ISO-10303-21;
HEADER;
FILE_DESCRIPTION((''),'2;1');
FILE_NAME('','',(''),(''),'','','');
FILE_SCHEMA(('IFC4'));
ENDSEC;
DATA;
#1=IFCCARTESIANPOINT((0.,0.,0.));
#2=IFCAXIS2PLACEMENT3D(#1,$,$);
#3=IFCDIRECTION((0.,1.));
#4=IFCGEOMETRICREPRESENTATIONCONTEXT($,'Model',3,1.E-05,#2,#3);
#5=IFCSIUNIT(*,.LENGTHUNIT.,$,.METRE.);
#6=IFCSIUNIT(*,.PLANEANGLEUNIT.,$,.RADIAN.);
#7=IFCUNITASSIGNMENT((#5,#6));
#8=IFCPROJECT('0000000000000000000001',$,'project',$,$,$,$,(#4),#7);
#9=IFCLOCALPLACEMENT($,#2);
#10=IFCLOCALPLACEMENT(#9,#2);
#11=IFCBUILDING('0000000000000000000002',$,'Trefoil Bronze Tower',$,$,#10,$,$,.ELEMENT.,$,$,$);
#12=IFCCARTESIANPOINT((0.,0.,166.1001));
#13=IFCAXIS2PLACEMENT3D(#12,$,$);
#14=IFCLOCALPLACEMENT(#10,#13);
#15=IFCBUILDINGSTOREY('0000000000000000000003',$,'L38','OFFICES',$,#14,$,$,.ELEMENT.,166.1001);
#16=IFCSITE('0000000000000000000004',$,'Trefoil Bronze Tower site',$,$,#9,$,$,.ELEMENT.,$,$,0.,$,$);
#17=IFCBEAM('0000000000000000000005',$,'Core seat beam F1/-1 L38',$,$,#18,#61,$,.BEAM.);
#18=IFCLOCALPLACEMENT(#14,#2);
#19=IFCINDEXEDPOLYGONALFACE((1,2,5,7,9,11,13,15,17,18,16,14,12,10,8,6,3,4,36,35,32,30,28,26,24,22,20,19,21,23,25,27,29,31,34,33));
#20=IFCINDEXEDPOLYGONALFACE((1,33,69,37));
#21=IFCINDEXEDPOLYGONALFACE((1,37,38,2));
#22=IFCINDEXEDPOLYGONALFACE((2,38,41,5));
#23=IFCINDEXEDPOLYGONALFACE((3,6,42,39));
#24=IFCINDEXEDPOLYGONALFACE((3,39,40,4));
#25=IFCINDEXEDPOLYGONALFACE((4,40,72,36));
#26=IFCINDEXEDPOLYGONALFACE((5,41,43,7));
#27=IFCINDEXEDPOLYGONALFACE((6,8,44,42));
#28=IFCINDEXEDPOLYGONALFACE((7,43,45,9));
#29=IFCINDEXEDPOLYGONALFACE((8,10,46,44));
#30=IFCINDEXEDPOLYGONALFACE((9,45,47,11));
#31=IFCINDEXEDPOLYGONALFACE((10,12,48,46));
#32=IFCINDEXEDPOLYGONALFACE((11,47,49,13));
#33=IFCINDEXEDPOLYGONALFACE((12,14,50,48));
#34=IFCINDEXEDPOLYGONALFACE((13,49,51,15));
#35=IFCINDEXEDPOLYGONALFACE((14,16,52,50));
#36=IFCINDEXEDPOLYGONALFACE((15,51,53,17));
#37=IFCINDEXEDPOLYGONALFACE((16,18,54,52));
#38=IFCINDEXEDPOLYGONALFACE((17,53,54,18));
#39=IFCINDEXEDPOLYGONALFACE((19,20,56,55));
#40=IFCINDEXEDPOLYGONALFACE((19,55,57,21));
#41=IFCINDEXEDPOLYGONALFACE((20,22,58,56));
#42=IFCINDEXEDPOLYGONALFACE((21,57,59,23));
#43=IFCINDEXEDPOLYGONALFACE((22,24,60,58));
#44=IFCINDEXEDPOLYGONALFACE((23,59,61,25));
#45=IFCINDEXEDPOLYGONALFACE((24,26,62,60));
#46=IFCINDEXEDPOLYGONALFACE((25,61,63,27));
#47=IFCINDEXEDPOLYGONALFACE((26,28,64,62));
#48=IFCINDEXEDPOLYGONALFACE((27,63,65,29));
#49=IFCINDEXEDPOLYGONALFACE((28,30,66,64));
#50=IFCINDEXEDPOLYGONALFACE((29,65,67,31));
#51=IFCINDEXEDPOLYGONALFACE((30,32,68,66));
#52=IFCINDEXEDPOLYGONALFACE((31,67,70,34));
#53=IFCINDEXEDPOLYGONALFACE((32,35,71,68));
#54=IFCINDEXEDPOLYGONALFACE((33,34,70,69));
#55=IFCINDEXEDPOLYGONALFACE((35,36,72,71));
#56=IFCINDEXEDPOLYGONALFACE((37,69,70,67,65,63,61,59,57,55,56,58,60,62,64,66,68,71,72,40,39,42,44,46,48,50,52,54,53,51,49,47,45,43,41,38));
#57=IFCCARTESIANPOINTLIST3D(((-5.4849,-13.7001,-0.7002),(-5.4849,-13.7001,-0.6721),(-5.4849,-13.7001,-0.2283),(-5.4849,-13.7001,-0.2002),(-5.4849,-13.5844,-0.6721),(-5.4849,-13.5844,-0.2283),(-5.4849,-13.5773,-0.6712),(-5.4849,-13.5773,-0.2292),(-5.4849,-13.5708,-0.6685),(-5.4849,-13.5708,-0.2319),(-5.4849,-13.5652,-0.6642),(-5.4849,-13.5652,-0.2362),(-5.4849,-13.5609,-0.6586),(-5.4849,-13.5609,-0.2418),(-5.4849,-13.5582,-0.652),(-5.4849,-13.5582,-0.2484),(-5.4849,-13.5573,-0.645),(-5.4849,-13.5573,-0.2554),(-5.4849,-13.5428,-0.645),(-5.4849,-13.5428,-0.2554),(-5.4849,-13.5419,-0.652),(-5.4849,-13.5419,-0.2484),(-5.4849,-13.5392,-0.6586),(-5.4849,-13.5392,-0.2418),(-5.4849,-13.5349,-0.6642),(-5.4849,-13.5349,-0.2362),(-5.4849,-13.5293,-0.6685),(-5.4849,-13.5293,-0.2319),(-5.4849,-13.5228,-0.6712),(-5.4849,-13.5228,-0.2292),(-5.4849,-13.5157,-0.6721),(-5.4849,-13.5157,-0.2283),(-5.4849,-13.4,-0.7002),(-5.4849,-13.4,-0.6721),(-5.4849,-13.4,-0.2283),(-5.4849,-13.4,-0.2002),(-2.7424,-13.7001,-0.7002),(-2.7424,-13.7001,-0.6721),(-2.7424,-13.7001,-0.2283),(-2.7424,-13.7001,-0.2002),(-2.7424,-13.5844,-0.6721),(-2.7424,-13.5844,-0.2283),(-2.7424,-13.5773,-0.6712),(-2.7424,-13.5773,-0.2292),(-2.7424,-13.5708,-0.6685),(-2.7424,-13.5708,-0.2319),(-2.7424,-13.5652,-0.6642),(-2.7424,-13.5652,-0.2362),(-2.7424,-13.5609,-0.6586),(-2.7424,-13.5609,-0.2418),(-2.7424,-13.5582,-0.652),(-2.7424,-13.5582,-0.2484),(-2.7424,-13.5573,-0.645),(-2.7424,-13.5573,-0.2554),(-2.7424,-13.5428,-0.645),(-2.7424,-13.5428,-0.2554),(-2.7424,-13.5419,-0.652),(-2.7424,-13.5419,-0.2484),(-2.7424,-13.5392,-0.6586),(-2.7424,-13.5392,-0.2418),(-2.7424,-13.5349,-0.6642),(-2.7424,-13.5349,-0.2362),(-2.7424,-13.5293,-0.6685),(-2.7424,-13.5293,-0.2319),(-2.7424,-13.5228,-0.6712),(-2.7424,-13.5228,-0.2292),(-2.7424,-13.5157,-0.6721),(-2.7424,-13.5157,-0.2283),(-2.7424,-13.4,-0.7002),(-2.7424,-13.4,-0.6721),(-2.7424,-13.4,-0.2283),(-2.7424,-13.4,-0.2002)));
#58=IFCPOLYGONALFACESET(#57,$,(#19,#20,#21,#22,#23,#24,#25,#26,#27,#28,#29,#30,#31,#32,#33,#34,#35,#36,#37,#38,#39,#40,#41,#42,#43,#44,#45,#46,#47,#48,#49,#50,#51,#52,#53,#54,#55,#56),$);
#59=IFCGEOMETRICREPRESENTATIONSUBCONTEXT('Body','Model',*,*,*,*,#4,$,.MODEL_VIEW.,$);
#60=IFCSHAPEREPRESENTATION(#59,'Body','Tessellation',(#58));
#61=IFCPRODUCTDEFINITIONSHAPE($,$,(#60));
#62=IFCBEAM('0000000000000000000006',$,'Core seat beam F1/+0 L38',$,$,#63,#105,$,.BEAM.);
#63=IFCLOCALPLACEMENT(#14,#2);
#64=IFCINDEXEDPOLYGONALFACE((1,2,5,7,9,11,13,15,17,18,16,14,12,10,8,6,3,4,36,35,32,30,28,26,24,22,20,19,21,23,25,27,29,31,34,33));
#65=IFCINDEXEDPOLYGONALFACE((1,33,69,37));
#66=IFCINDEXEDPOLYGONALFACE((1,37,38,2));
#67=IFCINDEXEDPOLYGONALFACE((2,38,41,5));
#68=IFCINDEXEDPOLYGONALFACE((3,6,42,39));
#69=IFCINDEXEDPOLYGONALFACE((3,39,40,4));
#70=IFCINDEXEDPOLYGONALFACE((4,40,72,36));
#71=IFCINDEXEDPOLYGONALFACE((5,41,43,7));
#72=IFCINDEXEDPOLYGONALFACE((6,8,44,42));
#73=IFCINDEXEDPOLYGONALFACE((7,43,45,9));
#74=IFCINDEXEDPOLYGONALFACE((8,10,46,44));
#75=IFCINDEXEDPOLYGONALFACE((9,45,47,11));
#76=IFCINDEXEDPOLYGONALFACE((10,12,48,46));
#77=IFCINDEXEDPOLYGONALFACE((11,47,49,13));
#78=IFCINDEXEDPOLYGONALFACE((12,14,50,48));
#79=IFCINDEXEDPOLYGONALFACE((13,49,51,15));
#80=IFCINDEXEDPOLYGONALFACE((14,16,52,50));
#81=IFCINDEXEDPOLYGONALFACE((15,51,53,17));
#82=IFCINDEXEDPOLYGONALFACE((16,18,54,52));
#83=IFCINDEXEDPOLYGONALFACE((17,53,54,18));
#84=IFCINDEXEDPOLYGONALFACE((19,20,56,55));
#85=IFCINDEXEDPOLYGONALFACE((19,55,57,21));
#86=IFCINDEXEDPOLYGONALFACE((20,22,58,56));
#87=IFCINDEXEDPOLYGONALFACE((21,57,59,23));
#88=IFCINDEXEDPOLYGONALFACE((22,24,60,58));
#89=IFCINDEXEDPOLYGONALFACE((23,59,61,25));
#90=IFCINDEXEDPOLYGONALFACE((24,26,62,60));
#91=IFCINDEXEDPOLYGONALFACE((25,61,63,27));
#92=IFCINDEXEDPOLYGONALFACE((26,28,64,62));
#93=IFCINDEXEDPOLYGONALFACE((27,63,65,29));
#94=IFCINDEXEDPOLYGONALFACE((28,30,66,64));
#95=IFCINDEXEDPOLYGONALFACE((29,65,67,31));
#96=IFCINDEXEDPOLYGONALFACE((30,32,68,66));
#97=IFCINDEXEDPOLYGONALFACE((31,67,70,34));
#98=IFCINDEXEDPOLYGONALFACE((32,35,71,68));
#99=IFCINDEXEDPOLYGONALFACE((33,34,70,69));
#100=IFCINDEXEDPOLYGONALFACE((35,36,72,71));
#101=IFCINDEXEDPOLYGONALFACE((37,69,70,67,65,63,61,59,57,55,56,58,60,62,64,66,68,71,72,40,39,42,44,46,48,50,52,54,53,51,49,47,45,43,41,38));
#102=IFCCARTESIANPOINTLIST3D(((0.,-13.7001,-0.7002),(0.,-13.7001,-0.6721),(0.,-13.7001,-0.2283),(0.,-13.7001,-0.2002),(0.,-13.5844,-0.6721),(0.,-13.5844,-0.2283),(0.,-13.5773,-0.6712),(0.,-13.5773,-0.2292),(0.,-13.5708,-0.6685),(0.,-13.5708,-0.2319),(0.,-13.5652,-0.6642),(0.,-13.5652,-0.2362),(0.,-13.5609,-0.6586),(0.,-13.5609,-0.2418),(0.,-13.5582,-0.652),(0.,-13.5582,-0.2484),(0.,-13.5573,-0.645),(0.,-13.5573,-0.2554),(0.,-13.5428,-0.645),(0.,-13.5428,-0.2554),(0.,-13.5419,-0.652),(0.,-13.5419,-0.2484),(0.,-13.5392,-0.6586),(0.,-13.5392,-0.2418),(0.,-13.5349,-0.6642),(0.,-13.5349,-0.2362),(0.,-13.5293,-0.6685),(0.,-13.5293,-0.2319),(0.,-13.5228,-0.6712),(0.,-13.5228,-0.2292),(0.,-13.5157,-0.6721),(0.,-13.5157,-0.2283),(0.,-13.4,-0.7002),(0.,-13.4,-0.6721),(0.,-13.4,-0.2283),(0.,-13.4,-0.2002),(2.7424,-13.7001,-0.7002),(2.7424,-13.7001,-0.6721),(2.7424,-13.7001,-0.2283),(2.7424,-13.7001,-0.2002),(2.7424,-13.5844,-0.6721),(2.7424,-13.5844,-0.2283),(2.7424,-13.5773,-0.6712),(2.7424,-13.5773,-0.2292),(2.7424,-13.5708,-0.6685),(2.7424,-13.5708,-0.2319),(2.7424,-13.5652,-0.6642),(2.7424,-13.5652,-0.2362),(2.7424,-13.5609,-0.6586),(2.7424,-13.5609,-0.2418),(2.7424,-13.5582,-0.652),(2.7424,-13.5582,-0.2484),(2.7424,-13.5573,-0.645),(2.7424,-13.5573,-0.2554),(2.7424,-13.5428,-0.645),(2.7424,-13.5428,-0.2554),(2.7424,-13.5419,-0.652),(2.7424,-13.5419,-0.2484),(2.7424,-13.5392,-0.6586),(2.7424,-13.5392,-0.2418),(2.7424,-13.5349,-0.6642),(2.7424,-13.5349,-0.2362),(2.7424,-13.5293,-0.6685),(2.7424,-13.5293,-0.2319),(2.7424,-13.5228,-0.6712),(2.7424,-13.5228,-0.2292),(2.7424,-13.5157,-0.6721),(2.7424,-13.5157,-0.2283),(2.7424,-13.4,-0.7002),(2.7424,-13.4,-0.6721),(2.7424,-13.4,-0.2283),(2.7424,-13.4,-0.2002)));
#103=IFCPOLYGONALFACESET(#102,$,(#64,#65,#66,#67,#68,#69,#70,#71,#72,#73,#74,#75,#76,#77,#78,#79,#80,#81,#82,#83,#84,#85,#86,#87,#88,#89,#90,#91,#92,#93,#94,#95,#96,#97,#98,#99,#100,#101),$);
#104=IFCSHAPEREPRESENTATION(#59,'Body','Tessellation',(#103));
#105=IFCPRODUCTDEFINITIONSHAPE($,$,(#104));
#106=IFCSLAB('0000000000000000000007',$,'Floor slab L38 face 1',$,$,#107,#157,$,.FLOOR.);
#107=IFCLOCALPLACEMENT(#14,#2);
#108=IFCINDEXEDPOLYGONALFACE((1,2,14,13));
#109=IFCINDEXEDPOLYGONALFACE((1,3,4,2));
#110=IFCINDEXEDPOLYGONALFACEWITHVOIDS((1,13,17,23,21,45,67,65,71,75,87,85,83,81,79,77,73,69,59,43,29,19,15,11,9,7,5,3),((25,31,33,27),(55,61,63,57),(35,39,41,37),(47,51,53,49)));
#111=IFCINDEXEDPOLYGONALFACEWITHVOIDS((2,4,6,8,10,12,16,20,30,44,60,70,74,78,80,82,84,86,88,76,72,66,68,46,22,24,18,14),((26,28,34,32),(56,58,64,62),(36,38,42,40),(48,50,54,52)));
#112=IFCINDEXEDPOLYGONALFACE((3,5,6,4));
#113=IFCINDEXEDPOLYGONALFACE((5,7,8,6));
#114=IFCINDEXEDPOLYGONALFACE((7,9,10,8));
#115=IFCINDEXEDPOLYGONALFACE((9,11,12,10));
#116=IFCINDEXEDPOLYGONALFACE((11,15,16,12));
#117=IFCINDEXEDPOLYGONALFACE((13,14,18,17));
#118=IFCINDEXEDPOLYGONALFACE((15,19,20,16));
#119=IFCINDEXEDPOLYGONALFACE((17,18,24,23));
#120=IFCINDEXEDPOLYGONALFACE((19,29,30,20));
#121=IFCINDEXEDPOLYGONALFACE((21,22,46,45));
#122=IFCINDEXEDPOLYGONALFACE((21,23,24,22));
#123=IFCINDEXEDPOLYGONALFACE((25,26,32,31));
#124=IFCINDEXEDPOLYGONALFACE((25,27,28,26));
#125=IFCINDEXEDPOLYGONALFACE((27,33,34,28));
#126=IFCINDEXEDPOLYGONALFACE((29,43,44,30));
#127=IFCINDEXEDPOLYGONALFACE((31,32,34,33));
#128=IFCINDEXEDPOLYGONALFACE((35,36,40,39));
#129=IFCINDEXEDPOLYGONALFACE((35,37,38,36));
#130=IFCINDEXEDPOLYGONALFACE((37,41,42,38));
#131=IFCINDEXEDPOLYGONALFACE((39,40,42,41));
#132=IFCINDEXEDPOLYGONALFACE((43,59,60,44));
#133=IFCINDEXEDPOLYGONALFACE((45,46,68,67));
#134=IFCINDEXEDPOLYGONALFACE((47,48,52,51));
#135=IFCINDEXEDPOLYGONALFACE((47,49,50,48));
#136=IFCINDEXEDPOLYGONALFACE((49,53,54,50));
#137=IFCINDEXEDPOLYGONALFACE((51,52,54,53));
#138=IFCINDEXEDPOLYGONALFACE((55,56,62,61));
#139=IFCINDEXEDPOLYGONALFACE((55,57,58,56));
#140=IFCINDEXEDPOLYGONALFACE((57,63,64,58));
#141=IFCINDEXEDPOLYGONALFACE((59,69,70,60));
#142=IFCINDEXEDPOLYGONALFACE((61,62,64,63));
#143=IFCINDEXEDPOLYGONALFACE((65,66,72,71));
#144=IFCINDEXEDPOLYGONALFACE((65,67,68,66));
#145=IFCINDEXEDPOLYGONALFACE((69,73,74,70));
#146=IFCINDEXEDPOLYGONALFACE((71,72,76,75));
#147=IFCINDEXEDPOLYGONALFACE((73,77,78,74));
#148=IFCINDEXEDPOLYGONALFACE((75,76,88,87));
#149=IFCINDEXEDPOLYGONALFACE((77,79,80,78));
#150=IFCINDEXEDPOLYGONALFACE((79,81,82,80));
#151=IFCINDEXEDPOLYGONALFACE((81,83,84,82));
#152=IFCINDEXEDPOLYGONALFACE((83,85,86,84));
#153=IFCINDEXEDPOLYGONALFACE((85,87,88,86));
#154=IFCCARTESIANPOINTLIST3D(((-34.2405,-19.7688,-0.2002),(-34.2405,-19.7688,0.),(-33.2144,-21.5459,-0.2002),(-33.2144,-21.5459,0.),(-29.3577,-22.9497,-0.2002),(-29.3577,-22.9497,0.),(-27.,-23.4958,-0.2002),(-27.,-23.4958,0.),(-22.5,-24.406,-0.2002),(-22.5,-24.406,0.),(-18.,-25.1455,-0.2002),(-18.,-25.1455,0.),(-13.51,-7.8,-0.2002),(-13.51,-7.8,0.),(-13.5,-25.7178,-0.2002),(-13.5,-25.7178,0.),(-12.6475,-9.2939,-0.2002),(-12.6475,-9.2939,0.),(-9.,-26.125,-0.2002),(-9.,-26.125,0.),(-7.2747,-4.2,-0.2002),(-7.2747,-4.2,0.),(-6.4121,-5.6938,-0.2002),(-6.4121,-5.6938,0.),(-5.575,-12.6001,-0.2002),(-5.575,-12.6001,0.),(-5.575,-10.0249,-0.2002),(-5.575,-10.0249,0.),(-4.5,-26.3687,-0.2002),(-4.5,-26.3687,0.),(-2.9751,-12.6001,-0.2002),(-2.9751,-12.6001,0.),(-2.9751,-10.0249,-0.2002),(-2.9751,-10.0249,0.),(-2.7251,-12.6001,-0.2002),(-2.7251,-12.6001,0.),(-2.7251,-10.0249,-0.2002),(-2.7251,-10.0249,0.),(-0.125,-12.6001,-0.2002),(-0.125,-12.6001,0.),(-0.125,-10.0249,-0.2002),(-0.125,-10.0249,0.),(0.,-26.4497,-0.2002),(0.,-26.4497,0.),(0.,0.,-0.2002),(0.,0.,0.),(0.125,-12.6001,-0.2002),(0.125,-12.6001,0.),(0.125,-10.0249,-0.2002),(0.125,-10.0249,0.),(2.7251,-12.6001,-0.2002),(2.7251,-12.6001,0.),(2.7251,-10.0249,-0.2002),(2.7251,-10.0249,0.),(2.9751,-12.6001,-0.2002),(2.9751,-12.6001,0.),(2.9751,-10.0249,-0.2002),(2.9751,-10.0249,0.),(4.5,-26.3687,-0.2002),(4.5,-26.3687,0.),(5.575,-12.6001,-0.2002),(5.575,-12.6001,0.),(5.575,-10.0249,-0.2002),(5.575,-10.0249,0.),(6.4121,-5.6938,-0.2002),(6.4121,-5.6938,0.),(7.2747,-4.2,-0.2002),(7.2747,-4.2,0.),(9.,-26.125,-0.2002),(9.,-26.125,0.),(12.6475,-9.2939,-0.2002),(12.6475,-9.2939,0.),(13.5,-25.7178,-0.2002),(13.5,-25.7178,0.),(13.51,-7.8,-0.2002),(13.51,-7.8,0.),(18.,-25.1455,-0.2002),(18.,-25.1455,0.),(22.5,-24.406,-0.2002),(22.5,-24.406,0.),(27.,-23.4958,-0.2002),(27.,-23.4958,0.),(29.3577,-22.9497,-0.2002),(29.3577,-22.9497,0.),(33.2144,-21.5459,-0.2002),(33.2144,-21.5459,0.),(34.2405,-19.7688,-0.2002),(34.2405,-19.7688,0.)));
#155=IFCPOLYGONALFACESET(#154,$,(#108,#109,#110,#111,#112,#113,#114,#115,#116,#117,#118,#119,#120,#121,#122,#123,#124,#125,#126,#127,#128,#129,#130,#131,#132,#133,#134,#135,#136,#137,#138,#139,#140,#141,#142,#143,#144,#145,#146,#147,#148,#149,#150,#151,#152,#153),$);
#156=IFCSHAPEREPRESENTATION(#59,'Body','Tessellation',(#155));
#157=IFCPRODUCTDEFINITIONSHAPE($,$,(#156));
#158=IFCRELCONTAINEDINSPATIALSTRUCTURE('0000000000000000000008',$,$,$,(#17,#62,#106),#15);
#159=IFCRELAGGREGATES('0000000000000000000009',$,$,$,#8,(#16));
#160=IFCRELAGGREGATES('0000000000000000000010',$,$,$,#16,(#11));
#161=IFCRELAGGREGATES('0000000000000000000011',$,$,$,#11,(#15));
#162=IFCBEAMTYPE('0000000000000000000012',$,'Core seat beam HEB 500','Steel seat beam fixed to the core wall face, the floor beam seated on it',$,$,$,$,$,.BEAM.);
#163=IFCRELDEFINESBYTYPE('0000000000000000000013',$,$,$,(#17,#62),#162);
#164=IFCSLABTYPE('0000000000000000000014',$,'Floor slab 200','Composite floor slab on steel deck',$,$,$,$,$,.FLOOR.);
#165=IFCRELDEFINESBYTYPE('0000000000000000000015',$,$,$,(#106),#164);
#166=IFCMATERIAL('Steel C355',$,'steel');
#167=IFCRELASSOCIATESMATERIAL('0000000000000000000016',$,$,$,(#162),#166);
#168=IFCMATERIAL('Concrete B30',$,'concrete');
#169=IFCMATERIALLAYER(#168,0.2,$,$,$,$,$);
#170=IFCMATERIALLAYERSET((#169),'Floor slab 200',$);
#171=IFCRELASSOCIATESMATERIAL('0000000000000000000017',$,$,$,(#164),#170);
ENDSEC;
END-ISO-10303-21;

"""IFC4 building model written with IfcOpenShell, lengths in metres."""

from ifc_helpers import new_model, si_unit, direction, frame, origin, origin_2d, place, context, subcontext, project, spatial, polyline, i_section, outline, extrude, material, layer, layer_set, material_profile, profile_set, type_object, element, save


model = new_model("IFC4")

# Units and contexts
model_context = context("Model", 3, precision=1e-05, world=origin(), true_north=direction((0.0, 1.0)))
body_context = subcontext(model_context, "Body", "Model", "MODEL_VIEW")
ifc_project = project(units=[si_unit("LENGTHUNIT", "METRE"), si_unit("PLANEANGLEUNIT", "RADIAN")], contexts=[model_context])

# Site, building, storey
site_placement = place(None, origin())
site = spatial("IfcSite", under=ifc_project, at=site_placement, Name="Trefoil Bronze Tower site", CompositionType="ELEMENT", RefElevation=0.0)
building_placement = place(site_placement, origin())
building = spatial("IfcBuilding", under=site, at=building_placement, Name="Trefoil Bronze Tower", CompositionType="ELEMENT")
storey_placement = place(building_placement, frame((0.0, 0.0, 166.1001)))
storey = spatial("IfcBuildingStorey", under=building, at=storey_placement, Name="L38", Description="OFFICES", CompositionType="ELEMENT", Elevation=166.1001)

# Beams
ifc_material_1 = material(Name="Steel C355", Category="steel")
ifc_material_profile = material_profile(ifc_material_1, i_section(OverallWidth=0.3, OverallDepth=0.5, WebThickness=0.0144, FlangeThickness=0.0281, FilletRadius=0.0271, at=origin_2d()), Name="HEB 500")
ifc_profile_set = profile_set([ifc_material_profile], Name="Steel C355")
beam_type = type_object("IfcBeamType", Name="Core seat beam HEB 500", Description="Steel seat beam fixed to the core wall face, the floor beam seated on it", PredefinedType="BEAM", material=ifc_profile_set)
for number, where, z_axis, x_axis, name in (
    (1, (-5.4849, -13.55, -0.4502), (1.0, 0.0, 0.0), (0.0, 1.0, 0.0), "Core seat beam F1/-1 L38"),
    (2, (0.0, -13.55, -0.4502), (1.0, 0.0, 0.0), (0.0, 1.0, 0.0), "Core seat beam F1/+0 L38"),
):
    element("IfcBeam", number, at=place(storey_placement, frame(where, z_axis=z_axis, x_axis=x_axis)), inside=storey, type_object=beam_type, Name=name, PredefinedType="BEAM", context=body_context, shape_type="SweptSolid", body=[
        extrude(i_section(OverallWidth=0.3, OverallDepth=0.5, WebThickness=0.0144, FlangeThickness=0.0281, FilletRadius=0.0271, at=origin_2d()), origin(), (0.0, 0.0, 1.0), 2.7424),
    ])

# Slab
ifc_material_2 = material(Name="Concrete B30", Category="concrete")
ifc_layer_1 = layer(ifc_material_2, 0.2)
ifc_layer_set_1 = layer_set([ifc_layer_1], Name="Floor slab 200")
slab_type = type_object("IfcSlabType", Name="Floor slab 200", Description="Composite floor slab on steel deck", PredefinedType="FLOOR", material=ifc_layer_set_1)
slab_1_placement = place(storey_placement, frame((0.0, 0.0, -0.2002)))
element("IfcSlab", 3, at=slab_1_placement, inside=storey, type_object=slab_type, Name="Floor slab L38 face 1", PredefinedType="FLOOR", context=body_context, shape_type="SweptSolid", body=[
    extrude(outline(polyline([(22.5, -24.406), (18.0, -25.1455), (13.5, -25.7178), (9.0, -26.125), (4.5, -26.3687), (0.0, -26.4497), (-4.5, -26.3687), (-9.0, -26.125), (-13.5, -25.7178), (-18.0, -25.1455), (-22.5, -24.406), (-27.0, -23.4958), (-29.3577, -22.9497), (-33.2144, -21.5459), (-34.2405, -19.7688), (-13.51, -7.8), (-12.6475, -9.2939), (-6.4121, -5.6938), (-7.2747, -4.2), (0.0, 0.0), (7.2747, -4.2), (6.4121, -5.6938), (12.6475, -9.2939), (13.51, -7.8), (34.2405, -19.7688), (33.2144, -21.5459), (29.3577, -22.9497), (27.0, -23.4958), (22.5, -24.406)]), holes=[polyline([(-5.575, -10.0249), (-2.9751, -10.0249), (-2.9751, -12.6001), (-5.575, -12.6001), (-5.575, -10.0249)]), polyline([(-2.7251, -10.0249), (-0.125, -10.0249), (-0.125, -12.6001), (-2.7251, -12.6001), (-2.7251, -10.0249)]), polyline([(0.125, -10.0249), (2.7251, -10.0249), (2.7251, -12.6001), (0.125, -12.6001), (0.125, -10.0249)]), polyline([(2.9751, -10.0249), (5.575, -10.0249), (5.575, -12.6001), (2.9751, -12.6001), (2.9751, -10.0249)])]), origin(), (0.0, 0.0, 1.0), 0.2002),
])

save(model, "model.ifc")
